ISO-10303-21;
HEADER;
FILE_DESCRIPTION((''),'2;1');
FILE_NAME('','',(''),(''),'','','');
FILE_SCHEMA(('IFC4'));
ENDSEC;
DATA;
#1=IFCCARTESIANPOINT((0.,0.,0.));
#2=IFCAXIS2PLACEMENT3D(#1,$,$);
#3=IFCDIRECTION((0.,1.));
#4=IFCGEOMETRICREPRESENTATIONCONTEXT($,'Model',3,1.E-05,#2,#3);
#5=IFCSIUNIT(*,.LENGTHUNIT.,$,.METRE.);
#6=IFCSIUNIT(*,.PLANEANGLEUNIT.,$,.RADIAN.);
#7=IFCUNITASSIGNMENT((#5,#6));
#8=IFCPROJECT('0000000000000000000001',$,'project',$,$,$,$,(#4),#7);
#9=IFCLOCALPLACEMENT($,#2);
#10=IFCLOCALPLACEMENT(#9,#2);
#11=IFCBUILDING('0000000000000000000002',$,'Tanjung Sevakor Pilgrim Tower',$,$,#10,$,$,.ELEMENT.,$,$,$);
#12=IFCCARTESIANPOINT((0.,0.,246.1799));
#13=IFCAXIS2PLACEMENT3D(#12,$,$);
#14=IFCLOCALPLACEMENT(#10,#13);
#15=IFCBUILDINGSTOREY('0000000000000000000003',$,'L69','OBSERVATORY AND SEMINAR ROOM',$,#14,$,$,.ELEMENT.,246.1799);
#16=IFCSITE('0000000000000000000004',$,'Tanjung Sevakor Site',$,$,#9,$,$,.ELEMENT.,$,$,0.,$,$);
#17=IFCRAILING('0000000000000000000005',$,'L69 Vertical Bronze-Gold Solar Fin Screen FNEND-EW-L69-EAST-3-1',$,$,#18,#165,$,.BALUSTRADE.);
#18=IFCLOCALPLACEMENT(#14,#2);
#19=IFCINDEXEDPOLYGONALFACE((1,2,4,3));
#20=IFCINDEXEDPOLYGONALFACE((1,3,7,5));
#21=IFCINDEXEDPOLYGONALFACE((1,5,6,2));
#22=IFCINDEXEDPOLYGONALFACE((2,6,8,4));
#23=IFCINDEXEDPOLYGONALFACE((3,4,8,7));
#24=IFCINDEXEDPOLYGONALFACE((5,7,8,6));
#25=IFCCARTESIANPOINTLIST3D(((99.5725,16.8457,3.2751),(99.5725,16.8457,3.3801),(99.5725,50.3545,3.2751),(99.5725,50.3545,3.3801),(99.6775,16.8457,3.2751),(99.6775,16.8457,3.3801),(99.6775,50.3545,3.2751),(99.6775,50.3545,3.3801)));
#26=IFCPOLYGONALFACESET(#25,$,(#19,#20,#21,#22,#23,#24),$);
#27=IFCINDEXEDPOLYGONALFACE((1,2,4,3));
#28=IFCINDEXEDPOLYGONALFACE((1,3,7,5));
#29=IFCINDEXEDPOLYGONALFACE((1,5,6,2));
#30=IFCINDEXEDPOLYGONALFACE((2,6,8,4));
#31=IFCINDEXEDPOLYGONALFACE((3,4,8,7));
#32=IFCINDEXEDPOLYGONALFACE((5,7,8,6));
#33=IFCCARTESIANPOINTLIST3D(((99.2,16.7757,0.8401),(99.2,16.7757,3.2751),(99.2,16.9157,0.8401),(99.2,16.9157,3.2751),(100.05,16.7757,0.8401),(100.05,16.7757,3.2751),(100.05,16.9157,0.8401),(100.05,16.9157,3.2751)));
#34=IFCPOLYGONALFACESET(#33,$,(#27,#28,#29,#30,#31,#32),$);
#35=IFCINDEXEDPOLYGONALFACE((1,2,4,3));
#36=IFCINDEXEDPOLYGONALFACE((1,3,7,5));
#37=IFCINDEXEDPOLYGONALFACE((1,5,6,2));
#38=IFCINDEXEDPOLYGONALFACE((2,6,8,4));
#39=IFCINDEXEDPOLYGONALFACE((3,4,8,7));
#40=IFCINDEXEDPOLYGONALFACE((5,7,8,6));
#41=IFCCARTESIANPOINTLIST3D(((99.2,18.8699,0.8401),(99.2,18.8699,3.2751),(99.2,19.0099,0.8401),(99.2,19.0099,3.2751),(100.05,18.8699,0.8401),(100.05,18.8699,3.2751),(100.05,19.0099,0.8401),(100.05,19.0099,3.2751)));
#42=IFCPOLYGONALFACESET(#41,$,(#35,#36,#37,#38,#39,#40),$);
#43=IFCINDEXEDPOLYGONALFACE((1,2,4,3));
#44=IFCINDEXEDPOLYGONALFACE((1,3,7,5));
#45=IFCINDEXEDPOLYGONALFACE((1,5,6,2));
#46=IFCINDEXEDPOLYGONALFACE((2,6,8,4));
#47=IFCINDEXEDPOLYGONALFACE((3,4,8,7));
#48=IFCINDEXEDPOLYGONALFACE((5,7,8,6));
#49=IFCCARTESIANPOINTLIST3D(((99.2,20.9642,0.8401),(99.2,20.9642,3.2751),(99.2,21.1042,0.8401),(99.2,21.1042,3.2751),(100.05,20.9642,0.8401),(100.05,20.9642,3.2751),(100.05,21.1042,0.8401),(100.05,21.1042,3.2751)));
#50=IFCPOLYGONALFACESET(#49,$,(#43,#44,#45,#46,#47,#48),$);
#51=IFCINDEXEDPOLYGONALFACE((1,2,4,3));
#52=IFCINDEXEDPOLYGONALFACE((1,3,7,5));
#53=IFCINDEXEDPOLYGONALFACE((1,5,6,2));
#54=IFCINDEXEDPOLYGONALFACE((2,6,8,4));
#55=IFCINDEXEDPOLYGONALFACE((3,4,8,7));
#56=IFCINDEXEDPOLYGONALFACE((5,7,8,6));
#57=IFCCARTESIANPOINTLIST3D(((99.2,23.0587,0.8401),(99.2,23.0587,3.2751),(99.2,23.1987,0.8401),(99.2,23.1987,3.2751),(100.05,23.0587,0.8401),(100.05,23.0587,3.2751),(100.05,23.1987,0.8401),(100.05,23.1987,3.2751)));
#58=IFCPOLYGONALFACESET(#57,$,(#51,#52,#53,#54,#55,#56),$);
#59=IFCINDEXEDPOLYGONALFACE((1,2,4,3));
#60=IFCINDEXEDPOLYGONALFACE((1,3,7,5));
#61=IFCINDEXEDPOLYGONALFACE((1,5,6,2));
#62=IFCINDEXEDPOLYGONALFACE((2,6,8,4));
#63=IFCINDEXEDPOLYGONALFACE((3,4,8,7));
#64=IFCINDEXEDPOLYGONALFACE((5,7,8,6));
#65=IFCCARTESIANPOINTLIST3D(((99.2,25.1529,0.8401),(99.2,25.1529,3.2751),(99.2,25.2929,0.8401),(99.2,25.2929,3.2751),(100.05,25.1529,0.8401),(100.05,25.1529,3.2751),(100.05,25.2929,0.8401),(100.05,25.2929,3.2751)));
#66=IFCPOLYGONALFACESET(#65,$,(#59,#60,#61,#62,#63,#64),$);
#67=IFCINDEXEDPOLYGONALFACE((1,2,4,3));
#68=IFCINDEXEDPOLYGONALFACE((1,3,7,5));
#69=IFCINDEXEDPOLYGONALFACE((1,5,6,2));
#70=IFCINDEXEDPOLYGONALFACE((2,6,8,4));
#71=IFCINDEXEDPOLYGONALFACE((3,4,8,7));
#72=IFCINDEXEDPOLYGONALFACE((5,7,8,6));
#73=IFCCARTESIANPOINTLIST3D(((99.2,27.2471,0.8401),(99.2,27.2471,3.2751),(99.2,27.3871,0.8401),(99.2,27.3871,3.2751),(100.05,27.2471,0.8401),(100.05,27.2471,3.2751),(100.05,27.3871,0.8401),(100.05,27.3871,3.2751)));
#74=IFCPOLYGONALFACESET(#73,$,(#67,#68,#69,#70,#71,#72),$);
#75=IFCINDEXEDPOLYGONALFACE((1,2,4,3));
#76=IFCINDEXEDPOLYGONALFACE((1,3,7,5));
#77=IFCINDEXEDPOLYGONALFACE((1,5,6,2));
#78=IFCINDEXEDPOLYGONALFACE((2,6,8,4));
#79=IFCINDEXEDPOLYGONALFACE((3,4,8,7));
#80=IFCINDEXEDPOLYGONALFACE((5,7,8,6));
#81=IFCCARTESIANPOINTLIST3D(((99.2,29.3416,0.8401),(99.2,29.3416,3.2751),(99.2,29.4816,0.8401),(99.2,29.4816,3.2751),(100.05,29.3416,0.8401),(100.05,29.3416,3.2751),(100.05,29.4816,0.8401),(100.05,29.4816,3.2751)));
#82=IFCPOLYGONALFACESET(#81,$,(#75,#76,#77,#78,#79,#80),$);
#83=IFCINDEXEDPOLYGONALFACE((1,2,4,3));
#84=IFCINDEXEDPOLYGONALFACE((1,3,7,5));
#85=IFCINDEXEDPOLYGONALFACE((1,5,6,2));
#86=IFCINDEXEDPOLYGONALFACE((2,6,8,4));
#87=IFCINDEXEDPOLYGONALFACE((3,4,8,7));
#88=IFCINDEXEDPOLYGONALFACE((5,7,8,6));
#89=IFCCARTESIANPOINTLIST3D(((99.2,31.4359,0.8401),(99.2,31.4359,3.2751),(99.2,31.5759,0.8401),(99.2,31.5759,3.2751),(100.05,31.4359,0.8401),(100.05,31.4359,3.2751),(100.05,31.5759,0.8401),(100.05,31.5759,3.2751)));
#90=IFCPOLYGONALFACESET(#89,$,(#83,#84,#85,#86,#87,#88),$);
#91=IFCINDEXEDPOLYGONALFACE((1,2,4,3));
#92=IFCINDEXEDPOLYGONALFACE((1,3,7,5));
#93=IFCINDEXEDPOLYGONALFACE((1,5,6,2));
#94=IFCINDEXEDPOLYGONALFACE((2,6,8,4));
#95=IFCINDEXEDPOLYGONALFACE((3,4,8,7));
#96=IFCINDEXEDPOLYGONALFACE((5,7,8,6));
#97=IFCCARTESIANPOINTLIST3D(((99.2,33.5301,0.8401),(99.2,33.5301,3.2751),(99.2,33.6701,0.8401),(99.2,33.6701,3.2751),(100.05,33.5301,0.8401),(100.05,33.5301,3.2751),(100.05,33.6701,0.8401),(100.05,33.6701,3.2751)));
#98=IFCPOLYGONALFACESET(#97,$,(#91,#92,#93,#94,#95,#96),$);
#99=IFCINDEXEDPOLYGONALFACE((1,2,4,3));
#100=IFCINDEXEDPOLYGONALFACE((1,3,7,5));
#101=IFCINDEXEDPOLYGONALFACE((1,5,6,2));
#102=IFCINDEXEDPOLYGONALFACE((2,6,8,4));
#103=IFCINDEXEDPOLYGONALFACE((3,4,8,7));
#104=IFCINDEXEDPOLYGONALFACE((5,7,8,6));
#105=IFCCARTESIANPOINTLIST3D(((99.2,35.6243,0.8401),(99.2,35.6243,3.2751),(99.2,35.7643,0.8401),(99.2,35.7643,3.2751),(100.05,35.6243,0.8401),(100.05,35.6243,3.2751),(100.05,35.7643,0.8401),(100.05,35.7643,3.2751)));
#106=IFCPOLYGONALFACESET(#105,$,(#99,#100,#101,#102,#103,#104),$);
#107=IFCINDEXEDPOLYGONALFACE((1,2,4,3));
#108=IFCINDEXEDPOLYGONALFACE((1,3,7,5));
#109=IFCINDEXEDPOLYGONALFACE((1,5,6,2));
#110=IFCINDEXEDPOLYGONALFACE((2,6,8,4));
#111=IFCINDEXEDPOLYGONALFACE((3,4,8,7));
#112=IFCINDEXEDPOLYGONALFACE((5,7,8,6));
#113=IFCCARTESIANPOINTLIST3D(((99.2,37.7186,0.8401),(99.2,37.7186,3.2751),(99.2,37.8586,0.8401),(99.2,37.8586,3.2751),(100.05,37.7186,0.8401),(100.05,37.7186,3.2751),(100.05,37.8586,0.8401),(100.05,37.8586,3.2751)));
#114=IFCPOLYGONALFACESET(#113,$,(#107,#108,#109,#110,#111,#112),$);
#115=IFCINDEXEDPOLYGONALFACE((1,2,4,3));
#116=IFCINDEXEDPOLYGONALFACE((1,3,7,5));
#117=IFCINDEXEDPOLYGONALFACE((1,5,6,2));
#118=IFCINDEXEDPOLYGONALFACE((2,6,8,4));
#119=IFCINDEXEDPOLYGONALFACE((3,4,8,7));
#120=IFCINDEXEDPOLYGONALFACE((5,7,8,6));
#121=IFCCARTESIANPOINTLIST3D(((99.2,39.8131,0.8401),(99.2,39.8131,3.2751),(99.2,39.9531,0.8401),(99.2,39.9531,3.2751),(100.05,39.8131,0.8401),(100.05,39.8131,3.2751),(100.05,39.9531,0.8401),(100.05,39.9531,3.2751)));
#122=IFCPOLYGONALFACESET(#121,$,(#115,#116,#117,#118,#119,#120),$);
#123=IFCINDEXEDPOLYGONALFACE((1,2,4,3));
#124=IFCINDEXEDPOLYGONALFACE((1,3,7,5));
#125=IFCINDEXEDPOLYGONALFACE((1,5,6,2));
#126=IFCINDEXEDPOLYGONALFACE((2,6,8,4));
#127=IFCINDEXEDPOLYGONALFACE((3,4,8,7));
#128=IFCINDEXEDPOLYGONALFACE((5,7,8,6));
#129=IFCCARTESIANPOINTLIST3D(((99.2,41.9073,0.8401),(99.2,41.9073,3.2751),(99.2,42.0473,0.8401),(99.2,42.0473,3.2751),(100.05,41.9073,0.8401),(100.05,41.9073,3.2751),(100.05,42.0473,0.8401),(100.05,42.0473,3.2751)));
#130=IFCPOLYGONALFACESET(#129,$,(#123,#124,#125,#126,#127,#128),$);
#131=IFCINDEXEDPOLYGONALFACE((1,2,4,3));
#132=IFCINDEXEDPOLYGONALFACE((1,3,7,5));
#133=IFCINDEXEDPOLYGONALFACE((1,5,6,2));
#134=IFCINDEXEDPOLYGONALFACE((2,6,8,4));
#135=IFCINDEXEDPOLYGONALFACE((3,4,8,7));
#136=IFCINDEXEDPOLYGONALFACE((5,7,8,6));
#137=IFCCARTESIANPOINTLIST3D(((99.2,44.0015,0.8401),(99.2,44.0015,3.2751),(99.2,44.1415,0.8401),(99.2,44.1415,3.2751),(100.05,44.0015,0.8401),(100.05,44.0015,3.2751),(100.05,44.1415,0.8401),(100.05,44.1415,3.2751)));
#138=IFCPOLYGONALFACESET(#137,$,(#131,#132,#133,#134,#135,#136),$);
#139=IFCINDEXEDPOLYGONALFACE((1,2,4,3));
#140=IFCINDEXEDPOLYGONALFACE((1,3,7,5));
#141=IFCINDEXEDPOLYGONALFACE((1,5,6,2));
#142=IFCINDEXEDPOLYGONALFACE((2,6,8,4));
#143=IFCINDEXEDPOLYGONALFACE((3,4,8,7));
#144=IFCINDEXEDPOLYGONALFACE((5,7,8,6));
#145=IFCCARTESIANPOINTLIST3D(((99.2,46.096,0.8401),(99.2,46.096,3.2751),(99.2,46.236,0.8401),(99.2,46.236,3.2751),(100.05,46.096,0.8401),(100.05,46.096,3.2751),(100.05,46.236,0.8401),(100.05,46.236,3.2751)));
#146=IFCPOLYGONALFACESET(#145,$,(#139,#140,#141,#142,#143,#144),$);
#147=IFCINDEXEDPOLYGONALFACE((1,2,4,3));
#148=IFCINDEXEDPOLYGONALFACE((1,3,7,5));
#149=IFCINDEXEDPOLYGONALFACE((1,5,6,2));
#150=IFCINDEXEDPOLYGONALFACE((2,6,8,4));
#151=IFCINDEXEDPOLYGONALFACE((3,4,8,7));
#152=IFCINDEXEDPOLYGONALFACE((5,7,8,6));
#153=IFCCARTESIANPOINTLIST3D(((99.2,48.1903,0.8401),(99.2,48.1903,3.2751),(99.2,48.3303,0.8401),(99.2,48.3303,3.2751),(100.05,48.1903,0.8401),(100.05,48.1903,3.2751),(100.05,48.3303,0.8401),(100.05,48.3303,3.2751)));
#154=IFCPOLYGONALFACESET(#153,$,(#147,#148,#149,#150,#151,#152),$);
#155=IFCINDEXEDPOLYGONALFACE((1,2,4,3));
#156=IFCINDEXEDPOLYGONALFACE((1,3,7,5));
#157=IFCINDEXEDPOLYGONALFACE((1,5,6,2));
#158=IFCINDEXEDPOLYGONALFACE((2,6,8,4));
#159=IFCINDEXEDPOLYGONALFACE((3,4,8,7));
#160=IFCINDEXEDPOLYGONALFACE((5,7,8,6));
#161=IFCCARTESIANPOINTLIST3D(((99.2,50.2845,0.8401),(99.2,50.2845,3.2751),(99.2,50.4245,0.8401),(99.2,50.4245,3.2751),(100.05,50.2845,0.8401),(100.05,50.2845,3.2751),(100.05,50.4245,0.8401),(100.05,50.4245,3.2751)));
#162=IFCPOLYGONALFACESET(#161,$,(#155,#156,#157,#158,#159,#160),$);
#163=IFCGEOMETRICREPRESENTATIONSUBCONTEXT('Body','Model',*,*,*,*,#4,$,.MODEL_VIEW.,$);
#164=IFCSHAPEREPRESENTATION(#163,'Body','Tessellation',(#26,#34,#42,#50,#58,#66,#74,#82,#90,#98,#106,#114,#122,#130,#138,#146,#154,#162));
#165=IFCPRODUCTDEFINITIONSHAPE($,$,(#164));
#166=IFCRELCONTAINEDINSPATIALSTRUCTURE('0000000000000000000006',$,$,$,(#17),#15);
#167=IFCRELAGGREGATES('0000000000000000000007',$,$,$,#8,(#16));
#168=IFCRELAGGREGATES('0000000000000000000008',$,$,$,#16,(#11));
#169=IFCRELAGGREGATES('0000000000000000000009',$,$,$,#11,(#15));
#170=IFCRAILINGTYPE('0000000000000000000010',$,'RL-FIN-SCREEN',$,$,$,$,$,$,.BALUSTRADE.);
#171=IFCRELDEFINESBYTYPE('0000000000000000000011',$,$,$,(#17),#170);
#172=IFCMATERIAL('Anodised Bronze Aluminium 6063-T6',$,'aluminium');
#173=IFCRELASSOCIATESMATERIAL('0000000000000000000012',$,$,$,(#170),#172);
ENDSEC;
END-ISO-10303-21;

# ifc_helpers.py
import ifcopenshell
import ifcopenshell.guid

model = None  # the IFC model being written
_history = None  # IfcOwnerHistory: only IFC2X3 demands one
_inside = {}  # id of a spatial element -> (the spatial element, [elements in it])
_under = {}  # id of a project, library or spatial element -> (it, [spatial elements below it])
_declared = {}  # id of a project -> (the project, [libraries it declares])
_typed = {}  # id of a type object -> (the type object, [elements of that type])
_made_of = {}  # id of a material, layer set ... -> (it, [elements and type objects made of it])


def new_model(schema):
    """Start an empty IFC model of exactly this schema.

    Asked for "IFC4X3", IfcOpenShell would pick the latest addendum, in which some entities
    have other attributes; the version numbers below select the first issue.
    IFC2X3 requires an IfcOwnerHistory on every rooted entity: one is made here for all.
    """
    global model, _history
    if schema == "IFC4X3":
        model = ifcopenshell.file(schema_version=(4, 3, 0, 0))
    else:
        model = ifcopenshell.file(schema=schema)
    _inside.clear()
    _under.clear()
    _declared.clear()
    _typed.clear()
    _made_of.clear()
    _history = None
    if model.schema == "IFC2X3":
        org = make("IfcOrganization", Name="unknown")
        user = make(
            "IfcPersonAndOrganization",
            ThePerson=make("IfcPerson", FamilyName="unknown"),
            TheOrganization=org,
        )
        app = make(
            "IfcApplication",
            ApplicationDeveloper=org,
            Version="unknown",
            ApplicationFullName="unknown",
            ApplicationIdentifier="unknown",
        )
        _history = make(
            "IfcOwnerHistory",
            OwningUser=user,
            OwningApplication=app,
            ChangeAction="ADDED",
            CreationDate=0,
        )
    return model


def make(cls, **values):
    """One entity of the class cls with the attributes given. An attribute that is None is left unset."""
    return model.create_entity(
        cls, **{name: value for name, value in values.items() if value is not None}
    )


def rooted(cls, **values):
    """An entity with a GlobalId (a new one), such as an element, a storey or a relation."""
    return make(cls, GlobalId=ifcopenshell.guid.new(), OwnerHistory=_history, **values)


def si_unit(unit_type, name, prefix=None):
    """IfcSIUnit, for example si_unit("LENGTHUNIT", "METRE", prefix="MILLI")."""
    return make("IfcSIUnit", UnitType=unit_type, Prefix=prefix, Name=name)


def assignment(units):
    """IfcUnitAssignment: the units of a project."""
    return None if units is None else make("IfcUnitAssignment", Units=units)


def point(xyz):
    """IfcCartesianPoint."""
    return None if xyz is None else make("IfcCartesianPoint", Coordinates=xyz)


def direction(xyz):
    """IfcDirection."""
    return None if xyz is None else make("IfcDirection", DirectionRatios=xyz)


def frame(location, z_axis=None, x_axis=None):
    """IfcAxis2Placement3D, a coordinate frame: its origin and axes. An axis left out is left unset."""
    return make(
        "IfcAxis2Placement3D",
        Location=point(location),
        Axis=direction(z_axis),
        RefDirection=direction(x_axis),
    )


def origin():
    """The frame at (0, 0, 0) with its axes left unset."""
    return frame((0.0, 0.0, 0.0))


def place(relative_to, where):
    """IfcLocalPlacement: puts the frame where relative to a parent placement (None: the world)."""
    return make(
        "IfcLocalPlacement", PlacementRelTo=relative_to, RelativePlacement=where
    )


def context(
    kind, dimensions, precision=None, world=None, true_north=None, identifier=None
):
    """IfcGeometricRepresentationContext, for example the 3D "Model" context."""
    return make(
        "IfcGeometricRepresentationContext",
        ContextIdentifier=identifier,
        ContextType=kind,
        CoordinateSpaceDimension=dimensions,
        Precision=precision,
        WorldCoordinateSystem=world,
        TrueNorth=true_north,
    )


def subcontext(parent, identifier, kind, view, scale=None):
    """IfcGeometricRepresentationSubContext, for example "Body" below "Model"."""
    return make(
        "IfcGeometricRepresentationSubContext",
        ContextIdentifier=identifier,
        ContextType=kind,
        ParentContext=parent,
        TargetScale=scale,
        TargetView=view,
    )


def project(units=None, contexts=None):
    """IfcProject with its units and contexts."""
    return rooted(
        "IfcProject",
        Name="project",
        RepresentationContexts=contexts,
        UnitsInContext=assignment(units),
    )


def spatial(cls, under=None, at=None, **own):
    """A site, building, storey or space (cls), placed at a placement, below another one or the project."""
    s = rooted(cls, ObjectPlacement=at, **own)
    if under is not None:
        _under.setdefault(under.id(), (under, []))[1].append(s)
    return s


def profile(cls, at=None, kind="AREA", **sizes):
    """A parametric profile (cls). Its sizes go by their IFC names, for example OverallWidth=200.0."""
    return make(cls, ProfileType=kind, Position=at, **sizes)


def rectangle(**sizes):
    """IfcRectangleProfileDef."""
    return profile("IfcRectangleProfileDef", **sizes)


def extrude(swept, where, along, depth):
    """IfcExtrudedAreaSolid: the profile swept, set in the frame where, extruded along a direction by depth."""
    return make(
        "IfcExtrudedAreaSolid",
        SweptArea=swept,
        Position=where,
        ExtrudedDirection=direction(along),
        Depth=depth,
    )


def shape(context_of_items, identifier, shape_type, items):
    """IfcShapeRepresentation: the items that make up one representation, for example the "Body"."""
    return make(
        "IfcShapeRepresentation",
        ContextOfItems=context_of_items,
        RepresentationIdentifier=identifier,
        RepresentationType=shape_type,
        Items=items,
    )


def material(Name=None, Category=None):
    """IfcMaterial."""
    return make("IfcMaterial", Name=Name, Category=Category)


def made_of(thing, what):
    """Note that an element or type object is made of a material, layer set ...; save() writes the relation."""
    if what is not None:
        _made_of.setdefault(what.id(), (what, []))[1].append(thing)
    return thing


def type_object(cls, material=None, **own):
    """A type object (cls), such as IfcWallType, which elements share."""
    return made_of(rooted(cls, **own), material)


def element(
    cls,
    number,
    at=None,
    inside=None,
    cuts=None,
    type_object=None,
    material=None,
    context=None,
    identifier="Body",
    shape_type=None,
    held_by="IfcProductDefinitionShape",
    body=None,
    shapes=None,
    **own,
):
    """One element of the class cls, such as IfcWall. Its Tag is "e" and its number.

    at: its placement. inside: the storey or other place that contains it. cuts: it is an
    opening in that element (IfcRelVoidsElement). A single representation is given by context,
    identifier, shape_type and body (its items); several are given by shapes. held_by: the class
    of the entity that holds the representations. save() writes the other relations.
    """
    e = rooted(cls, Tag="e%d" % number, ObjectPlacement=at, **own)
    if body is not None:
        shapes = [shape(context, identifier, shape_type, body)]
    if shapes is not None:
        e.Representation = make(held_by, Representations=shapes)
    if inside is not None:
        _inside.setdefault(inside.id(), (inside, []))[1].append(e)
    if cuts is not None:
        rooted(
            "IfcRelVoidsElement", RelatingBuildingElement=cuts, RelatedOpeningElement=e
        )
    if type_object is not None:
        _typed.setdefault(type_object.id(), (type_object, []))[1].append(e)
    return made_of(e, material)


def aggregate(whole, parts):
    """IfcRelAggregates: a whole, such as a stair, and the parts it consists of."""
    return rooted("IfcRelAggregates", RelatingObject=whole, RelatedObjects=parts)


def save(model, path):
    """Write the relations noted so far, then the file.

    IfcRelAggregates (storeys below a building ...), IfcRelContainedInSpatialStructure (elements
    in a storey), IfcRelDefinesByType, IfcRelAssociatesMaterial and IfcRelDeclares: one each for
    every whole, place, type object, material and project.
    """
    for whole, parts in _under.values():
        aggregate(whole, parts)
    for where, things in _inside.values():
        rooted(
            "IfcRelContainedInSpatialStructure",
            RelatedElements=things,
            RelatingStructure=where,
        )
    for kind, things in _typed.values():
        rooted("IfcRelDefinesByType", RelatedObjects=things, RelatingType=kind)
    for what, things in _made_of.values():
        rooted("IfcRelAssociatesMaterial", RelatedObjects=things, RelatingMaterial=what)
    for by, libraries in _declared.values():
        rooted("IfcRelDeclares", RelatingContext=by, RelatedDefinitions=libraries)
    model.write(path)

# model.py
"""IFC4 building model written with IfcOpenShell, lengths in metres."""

from ifc_helpers import new_model, si_unit, direction, frame, origin, place, context, subcontext, project, spatial, rectangle, extrude, material, type_object, element, save


model = new_model("IFC4")

# Units and contexts
model_context = context("Model", 3, precision=1e-05, world=origin(), true_north=direction((0.0, 1.0)))
body_context = subcontext(model_context, "Body", "Model", "MODEL_VIEW")
ifc_project = project(units=[si_unit("LENGTHUNIT", "METRE"), si_unit("PLANEANGLEUNIT", "RADIAN")], contexts=[model_context])

# Site, building, storey
site_placement = place(None, origin())
site = spatial("IfcSite", under=ifc_project, at=site_placement, Name="Tanjung Sevakor Site", CompositionType="ELEMENT", RefElevation=0.0)
building_placement = place(site_placement, origin())
building = spatial("IfcBuilding", under=site, at=building_placement, Name="Tanjung Sevakor Pilgrim Tower", CompositionType="ELEMENT")
storey_placement = place(building_placement, frame((0.0, 0.0, 246.1799)))
storey = spatial("IfcBuildingStorey", under=building, at=storey_placement, Name="L69", Description="OBSERVATORY AND SEMINAR ROOM", CompositionType="ELEMENT", Elevation=246.1799)

# Railing
ifc_material_1 = material(Name="Anodised Bronze Aluminium 6063-T6", Category="aluminium")
railing_type = type_object("IfcRailingType", Name="RL-FIN-SCREEN", PredefinedType="BALUSTRADE", material=ifc_material_1)
railing_placement = place(storey_placement, frame((99.625, 16.8457, 0.8401)))
element("IfcRailing", 1, at=railing_placement, inside=storey, type_object=railing_type, Name="L69 Vertical Bronze-Gold Solar Fin Screen FNEND-EW-L69-EAST-3-1", PredefinedType="BALUSTRADE", context=body_context, shape_type="SweptSolid", body=[
    extrude(rectangle(XDim=0.105, YDim=0.105), frame((0.0, 0.0, 2.4875), z_axis=(0.0, 1.0, 0.0), x_axis=(-1.0, 0.0, 0.0)), (0.0, 0.0, 1.0), 33.5088),
    extrude(rectangle(XDim=0.85, YDim=0.14), origin(), (0.0, 0.0, 1.0), 2.4351),
    extrude(rectangle(XDim=0.85, YDim=0.14), frame((0.0, 2.0942, 0.0)), (0.0, 0.0, 1.0), 2.4351),
    extrude(rectangle(XDim=0.85, YDim=0.14), frame((0.0, 4.1885, 0.0)), (0.0, 0.0, 1.0), 2.4351),
    extrude(rectangle(XDim=0.85, YDim=0.14), frame((0.0, 6.283, 0.0)), (0.0, 0.0, 1.0), 2.4351),
    extrude(rectangle(XDim=0.85, YDim=0.14), frame((0.0, 8.3772, 0.0)), (0.0, 0.0, 1.0), 2.4351),
    extrude(rectangle(XDim=0.85, YDim=0.14), frame((0.0, 10.4714, 0.0)), (0.0, 0.0, 1.0), 2.4351),
    extrude(rectangle(XDim=0.85, YDim=0.14), frame((0.0, 12.5659, 0.0)), (0.0, 0.0, 1.0), 2.4351),
    extrude(rectangle(XDim=0.85, YDim=0.14), frame((0.0, 14.6602, 0.0)), (0.0, 0.0, 1.0), 2.4351),
    extrude(rectangle(XDim=0.85, YDim=0.14), frame((0.0, 16.7544, 0.0)), (0.0, 0.0, 1.0), 2.4351),
    extrude(rectangle(XDim=0.85, YDim=0.14), frame((0.0, 18.8486, 0.0)), (0.0, 0.0, 1.0), 2.4351),
    extrude(rectangle(XDim=0.85, YDim=0.14), frame((0.0, 20.9429, 0.0)), (0.0, 0.0, 1.0), 2.4351),
    extrude(rectangle(XDim=0.85, YDim=0.14), frame((0.0, 23.0374, 0.0)), (0.0, 0.0, 1.0), 2.4351),
    extrude(rectangle(XDim=0.85, YDim=0.14), frame((0.0, 25.1316, 0.0)), (0.0, 0.0, 1.0), 2.4351),
    extrude(rectangle(XDim=0.85, YDim=0.14), frame((0.0, 27.2258, 0.0)), (0.0, 0.0, 1.0), 2.4351),
    extrude(rectangle(XDim=0.85, YDim=0.14), frame((0.0, 29.3203, 0.0)), (0.0, 0.0, 1.0), 2.4351),
    extrude(rectangle(XDim=0.85, YDim=0.14), frame((0.0, 31.4146, 0.0)), (0.0, 0.0, 1.0), 2.4351),
    extrude(rectangle(XDim=0.85, YDim=0.14), frame((0.0, 33.5088, 0.0)), (0.0, 0.0, 1.0), 2.4351),
])

save(model, "model.ifc")
